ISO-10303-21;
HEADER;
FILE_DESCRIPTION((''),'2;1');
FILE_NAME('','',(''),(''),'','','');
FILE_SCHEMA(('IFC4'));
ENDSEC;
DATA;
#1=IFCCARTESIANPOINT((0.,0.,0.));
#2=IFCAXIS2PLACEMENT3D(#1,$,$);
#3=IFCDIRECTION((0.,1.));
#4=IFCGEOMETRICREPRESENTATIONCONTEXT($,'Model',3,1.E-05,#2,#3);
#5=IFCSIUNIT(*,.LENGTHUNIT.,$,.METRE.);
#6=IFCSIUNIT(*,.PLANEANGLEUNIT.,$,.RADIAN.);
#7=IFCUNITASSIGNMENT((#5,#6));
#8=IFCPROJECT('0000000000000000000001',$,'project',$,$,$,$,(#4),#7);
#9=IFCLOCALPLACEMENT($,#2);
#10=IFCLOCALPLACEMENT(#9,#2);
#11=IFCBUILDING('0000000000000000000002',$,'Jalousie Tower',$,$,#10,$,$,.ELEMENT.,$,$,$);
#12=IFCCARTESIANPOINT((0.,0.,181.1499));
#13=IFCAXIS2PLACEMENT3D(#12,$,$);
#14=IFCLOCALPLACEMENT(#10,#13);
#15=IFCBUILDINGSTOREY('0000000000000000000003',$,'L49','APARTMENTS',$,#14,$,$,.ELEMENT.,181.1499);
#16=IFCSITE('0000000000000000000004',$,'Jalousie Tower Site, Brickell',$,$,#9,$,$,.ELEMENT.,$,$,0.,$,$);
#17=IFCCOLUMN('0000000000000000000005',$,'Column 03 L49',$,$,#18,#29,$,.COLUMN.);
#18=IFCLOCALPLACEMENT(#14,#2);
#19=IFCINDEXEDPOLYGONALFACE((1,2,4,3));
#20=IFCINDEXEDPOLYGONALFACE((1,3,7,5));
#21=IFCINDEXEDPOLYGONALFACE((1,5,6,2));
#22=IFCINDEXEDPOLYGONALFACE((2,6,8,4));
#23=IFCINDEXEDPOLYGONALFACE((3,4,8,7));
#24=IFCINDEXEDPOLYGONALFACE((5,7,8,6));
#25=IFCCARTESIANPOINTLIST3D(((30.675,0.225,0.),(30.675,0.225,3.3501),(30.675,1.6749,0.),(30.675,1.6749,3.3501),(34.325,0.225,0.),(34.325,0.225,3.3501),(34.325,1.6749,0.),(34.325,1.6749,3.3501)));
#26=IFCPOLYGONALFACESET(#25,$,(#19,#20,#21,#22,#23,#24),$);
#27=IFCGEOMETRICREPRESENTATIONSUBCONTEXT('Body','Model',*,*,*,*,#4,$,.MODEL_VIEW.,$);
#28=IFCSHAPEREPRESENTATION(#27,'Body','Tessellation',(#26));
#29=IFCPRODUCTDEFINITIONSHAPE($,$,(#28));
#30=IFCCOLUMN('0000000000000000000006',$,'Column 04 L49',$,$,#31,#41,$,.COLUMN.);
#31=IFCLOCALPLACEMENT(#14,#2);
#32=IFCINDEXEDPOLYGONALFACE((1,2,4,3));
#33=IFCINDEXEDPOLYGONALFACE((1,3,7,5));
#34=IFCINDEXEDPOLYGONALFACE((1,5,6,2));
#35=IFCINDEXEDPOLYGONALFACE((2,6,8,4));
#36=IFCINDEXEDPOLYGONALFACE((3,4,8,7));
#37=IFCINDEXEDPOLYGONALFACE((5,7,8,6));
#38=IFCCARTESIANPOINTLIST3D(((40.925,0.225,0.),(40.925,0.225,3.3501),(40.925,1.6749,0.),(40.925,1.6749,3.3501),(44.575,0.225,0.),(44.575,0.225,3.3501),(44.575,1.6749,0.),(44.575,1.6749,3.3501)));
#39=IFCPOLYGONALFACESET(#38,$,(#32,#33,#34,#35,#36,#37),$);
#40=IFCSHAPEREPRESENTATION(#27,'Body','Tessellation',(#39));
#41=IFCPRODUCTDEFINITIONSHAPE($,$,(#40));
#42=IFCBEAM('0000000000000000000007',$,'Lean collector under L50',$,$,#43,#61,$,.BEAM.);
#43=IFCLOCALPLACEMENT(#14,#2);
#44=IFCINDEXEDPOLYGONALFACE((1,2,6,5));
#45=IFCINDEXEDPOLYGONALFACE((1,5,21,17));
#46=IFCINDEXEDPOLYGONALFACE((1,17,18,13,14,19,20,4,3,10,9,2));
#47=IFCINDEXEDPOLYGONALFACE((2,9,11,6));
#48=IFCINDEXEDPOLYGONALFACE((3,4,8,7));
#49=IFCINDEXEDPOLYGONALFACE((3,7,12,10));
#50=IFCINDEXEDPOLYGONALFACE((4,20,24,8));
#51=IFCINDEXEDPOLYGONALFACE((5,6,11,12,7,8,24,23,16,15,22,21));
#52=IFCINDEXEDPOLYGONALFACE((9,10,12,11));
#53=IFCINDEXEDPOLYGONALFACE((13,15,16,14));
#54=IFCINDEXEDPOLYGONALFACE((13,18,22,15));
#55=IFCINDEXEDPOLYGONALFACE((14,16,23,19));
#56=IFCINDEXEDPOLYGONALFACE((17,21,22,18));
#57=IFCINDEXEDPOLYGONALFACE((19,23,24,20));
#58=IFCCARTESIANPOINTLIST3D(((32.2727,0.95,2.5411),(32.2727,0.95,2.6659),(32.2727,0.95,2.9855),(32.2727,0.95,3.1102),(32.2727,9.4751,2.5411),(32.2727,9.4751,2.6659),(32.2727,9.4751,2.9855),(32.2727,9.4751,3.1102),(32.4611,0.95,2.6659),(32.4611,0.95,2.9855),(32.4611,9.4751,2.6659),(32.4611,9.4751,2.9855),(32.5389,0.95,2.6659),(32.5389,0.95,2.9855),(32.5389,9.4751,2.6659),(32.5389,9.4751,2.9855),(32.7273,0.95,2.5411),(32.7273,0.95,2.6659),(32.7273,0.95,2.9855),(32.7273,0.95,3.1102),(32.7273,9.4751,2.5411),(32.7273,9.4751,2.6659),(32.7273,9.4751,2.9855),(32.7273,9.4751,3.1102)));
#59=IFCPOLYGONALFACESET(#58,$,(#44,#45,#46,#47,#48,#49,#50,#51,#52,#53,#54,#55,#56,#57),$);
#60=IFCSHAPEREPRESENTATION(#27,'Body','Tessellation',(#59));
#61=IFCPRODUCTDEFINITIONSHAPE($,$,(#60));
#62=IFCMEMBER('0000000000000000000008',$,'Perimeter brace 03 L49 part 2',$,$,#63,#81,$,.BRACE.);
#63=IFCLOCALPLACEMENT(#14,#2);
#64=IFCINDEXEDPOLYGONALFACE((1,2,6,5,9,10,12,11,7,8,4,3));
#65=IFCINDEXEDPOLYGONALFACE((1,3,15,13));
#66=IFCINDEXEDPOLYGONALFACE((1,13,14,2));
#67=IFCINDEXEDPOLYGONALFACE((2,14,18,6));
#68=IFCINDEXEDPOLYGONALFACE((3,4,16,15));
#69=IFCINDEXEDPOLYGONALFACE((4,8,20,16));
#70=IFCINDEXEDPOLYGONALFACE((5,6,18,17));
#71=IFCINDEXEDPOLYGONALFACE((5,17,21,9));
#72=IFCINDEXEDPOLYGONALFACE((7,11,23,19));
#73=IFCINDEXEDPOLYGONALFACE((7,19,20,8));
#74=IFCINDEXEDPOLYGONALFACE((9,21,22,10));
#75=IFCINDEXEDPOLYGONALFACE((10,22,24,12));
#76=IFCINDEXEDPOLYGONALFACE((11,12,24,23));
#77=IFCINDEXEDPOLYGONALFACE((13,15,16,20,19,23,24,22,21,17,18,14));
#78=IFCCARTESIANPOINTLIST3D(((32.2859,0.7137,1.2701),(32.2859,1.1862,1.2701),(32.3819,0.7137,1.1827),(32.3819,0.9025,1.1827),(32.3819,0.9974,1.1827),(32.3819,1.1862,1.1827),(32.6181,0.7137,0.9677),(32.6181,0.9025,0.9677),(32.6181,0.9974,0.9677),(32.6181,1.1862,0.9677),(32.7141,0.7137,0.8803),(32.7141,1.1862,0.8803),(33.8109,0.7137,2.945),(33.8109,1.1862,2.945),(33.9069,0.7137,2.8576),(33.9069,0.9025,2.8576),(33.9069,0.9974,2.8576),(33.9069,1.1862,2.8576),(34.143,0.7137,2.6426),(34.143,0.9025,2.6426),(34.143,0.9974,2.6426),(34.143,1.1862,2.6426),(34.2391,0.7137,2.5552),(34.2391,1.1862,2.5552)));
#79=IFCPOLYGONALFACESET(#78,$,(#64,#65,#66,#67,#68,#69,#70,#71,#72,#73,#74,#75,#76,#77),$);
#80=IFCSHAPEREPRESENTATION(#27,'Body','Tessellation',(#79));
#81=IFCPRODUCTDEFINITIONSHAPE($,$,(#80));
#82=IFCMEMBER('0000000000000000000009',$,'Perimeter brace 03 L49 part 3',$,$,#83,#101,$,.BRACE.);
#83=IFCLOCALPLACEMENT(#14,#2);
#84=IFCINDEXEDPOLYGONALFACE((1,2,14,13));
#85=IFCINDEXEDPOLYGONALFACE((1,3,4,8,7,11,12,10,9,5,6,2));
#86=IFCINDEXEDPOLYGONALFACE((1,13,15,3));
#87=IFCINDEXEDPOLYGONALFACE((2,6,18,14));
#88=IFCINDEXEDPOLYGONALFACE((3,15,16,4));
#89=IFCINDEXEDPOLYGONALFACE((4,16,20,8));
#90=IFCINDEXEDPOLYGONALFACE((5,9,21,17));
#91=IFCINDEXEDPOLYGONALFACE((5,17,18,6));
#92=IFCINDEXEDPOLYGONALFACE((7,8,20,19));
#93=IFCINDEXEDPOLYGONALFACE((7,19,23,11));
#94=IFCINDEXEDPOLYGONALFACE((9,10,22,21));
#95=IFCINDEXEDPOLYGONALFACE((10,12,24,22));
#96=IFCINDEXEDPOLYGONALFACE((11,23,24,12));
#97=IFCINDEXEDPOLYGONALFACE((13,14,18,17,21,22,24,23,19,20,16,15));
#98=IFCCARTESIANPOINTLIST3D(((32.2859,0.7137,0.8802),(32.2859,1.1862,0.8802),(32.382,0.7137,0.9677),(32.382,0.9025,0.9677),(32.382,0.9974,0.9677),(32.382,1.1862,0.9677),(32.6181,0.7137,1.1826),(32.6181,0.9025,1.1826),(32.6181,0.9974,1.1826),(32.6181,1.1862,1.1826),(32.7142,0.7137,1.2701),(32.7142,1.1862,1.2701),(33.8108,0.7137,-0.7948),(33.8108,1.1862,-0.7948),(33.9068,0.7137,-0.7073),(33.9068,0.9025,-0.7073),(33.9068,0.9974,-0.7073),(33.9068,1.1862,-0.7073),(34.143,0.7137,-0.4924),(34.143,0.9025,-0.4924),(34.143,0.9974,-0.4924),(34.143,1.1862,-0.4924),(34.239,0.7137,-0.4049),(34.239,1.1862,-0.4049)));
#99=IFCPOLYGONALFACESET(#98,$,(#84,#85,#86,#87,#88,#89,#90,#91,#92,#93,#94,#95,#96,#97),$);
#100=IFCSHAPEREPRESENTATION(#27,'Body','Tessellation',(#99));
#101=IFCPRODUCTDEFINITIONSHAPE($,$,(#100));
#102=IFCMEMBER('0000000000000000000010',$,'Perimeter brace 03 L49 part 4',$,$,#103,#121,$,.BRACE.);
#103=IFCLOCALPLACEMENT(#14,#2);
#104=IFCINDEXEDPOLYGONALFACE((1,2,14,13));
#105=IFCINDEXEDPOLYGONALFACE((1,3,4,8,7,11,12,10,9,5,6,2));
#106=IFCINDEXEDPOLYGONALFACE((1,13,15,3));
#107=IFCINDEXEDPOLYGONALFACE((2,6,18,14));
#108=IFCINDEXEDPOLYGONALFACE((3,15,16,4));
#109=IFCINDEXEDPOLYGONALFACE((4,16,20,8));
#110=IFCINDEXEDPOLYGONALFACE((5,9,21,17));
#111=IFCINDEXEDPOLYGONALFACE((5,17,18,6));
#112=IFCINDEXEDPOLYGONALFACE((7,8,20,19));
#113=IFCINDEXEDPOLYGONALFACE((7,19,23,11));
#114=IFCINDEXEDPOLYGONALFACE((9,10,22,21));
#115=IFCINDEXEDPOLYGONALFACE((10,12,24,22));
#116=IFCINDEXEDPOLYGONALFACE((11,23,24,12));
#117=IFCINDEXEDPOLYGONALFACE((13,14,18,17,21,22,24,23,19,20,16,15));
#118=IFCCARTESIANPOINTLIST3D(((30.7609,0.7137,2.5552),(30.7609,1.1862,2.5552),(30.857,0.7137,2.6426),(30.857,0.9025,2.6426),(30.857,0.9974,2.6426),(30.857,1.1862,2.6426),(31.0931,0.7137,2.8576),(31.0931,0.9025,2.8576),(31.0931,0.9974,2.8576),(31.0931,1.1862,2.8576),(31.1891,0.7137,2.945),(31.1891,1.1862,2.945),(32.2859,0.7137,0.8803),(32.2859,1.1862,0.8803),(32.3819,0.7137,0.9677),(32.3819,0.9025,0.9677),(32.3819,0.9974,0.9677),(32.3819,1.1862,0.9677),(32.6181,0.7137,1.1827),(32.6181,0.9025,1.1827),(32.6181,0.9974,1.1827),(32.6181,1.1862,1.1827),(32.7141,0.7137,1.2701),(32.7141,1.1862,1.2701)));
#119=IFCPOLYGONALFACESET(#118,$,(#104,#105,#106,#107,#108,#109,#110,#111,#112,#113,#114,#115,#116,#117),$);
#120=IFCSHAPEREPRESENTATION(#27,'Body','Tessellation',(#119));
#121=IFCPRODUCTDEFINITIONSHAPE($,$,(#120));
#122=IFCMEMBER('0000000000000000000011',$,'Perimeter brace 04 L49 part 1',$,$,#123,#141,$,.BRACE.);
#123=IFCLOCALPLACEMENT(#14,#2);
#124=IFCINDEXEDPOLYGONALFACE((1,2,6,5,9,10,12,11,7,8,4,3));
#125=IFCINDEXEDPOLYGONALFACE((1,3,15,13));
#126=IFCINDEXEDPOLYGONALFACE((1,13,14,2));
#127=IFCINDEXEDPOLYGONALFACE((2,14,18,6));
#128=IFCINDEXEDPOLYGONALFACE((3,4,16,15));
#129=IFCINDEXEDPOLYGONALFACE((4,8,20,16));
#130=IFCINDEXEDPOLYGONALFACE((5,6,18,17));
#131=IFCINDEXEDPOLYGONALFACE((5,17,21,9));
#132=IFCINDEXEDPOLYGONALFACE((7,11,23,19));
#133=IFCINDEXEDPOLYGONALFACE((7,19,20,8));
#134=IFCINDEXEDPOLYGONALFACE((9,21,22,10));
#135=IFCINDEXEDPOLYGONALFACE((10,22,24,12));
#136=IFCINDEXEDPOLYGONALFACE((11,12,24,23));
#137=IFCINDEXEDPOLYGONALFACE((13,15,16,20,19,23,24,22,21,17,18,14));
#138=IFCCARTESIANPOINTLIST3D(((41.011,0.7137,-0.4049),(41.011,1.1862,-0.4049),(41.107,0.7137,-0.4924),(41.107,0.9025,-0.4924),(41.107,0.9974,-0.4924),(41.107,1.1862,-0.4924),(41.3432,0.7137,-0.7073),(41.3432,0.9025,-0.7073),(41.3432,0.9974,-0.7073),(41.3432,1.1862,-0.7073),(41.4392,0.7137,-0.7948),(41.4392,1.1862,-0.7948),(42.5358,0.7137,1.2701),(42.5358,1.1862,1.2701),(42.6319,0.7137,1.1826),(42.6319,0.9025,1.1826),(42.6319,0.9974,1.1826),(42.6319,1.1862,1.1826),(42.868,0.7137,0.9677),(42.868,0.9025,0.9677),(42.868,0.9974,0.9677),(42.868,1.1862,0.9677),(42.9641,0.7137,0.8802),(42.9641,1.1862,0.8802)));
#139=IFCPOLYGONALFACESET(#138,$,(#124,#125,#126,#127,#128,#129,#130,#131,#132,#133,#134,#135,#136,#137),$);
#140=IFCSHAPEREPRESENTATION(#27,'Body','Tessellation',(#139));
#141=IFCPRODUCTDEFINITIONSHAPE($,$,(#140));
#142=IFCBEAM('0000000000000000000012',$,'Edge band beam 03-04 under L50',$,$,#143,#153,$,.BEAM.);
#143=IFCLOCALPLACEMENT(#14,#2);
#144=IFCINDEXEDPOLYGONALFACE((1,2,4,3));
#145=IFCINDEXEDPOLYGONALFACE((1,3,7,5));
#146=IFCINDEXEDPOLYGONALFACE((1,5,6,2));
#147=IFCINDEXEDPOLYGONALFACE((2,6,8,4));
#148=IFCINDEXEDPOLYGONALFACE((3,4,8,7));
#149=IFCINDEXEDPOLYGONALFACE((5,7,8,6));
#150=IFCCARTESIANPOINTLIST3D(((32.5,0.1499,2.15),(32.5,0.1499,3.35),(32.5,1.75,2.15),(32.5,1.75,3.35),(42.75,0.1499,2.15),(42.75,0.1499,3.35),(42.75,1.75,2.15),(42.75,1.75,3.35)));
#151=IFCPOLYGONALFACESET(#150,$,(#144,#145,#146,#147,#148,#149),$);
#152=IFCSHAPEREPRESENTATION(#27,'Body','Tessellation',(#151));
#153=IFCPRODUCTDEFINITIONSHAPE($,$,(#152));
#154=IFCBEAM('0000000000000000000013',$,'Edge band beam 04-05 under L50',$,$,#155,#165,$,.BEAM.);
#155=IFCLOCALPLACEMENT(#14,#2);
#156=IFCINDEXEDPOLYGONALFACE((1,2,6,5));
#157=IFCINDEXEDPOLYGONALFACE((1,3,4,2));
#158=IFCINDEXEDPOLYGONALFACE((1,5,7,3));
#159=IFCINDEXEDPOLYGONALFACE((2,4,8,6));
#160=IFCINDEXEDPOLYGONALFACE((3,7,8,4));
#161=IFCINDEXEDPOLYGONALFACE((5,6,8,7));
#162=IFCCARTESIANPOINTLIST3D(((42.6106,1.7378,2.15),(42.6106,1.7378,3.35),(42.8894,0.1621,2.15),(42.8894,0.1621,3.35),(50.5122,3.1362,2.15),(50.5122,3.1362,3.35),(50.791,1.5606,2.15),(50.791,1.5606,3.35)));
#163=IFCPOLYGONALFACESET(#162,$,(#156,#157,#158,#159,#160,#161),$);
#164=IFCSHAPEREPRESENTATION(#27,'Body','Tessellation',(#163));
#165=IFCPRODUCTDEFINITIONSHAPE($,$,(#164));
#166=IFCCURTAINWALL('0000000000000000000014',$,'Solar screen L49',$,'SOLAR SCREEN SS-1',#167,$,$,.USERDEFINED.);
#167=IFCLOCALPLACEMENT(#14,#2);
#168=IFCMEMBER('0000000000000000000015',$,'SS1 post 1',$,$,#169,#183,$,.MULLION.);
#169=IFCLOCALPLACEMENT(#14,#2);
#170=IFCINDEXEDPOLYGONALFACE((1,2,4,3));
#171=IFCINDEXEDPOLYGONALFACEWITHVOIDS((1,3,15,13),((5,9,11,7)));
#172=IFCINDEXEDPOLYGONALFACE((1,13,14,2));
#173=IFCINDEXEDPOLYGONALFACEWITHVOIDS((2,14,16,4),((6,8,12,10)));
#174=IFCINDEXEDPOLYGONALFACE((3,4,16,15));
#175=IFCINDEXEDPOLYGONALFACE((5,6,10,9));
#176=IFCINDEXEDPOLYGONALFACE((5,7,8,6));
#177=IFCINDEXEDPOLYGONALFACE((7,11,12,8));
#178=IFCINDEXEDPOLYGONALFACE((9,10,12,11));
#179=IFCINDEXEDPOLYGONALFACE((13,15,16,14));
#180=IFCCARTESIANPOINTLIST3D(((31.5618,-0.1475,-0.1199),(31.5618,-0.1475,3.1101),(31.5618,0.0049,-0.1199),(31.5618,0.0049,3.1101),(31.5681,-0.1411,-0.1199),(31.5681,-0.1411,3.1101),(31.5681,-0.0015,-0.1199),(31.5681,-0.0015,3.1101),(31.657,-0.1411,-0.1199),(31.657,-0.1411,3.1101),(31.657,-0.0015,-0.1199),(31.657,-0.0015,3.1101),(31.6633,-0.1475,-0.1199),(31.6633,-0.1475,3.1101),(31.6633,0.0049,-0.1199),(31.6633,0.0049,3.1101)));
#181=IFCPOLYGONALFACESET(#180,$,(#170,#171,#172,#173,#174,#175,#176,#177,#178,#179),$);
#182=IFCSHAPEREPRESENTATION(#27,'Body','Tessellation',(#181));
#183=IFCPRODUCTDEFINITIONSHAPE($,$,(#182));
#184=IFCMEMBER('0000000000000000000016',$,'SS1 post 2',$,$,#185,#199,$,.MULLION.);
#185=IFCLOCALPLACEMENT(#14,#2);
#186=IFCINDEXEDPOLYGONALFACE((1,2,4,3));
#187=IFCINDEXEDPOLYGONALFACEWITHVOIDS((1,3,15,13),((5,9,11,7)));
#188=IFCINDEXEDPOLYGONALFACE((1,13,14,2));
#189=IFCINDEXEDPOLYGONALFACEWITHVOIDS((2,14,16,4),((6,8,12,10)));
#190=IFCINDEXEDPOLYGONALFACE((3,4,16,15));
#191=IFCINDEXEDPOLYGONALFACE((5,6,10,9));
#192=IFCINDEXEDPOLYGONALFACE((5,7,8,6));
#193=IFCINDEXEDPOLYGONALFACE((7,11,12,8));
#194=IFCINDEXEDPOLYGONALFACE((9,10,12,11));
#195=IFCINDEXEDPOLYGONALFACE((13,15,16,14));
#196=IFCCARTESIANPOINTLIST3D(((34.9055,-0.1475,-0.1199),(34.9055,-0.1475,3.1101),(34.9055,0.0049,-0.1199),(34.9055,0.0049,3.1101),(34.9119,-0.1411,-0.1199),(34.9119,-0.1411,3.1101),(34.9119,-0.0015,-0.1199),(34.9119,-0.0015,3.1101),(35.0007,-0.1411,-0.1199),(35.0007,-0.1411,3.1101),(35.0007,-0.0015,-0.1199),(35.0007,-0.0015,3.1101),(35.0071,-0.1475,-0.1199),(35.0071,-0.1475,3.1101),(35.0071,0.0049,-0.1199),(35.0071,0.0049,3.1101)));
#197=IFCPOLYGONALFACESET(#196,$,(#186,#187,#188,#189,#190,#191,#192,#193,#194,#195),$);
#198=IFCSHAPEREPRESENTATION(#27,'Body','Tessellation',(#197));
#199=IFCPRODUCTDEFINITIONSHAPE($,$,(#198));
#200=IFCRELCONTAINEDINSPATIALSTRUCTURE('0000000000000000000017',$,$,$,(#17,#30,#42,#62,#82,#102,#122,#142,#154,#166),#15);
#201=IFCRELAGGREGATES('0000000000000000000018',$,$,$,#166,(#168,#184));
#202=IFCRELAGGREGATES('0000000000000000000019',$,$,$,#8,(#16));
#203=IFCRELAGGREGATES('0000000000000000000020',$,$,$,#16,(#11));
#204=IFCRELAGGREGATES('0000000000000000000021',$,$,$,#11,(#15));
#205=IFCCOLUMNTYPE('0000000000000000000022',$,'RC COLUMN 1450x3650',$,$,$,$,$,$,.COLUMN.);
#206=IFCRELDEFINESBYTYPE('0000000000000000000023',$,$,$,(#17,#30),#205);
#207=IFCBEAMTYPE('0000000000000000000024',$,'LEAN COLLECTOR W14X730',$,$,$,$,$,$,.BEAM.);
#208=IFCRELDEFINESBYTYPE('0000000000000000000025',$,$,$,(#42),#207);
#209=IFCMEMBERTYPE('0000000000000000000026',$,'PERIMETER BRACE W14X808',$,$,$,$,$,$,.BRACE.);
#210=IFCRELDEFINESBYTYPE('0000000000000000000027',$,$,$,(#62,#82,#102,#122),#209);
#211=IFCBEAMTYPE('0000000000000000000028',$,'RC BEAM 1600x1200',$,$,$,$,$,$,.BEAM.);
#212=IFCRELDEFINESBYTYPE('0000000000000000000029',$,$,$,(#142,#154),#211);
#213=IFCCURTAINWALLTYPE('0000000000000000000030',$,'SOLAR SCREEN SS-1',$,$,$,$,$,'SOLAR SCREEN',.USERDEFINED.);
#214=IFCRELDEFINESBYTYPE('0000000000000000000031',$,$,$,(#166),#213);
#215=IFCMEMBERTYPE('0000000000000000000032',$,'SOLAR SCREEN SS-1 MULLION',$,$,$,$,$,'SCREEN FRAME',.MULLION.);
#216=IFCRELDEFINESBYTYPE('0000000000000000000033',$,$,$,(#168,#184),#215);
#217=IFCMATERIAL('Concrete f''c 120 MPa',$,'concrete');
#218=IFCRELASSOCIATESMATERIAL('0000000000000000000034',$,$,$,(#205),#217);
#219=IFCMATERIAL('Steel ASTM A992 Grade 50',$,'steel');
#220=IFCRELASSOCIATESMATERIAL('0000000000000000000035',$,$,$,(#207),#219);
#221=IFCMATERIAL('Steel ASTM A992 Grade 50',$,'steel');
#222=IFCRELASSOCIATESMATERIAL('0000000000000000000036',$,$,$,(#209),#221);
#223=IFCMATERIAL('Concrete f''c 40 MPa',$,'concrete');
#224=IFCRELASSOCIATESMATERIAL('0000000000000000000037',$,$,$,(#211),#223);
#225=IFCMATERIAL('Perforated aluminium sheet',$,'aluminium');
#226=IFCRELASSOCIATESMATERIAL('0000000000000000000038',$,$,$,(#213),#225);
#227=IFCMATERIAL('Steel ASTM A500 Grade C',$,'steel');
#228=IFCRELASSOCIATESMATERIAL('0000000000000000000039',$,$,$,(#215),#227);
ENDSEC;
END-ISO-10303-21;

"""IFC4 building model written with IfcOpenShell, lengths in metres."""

from ifc_helpers import new_model, si_unit, direction, frame, origin, origin_2d, place, context, subcontext, project, spatial, rectangle, hollow_rectangle, i_section, extrude, material, material_profile, profile_set, type_object, element, aggregate, save


model = new_model("IFC4")

# Units and contexts
model_context = context("Model", 3, precision=1e-05, world=origin(), true_north=direction((0.0, 1.0)))
body_context = subcontext(model_context, "Body", "Model", "MODEL_VIEW")
ifc_project = project(units=[si_unit("LENGTHUNIT", "METRE"), si_unit("PLANEANGLEUNIT", "RADIAN")], contexts=[model_context])

# Site, building, storey
site_placement = place(None, origin())
site = spatial("IfcSite", under=ifc_project, at=site_placement, Name="Jalousie Tower Site, Brickell", CompositionType="ELEMENT", RefElevation=0.0)
building_placement = place(site_placement, origin())
building = spatial("IfcBuilding", under=site, at=building_placement, Name="Jalousie Tower", CompositionType="ELEMENT")
storey_placement = place(building_placement, frame((0.0, 0.0, 181.1499)))
storey = spatial("IfcBuildingStorey", under=building, at=storey_placement, Name="L49", Description="APARTMENTS", CompositionType="ELEMENT", Elevation=181.1499)

# Columns
ifc_material_1 = material(Name="Concrete f'c 120 MPa", Category="concrete")
ifc_material_profile_1 = material_profile(ifc_material_1, rectangle(XDim=1.45, YDim=3.6499, at=origin_2d()), Name="RC 1450x3650")
ifc_profile_set_1 = profile_set([ifc_material_profile_1], Name="Concrete f'c 120 MPa")
column_type = type_object("IfcColumnType", Name="RC COLUMN 1450x3650", PredefinedType="COLUMN", material=ifc_profile_set_1)
for number, where, z_axis, x_axis, name in (
    (1, (32.5, 0.95, 0.0), (0.0, 0.0, 1.0), (0.0, 1.0, 0.0), "Column 03 L49"),
    (2, (42.75, 0.95, 0.0), (0.0, 0.0, 1.0), (0.0, 1.0, 0.0), "Column 04 L49"),
):
    element("IfcColumn", number, at=place(storey_placement, frame(where, z_axis=z_axis, x_axis=x_axis)), inside=storey, type_object=column_type, Name=name, PredefinedType="COLUMN", context=body_context, shape_type="SweptSolid", body=[
        extrude(rectangle(XDim=1.45, YDim=3.6499, at=origin_2d()), origin(), (0.0, 0.0, 1.0), 3.3501),
    ])

# Beam
ifc_material_2 = material(Name="Steel ASTM A992 Grade 50", Category="steel")
ifc_material_profile_2 = material_profile(ifc_material_2, i_section(OverallWidth=0.4546, OverallDepth=0.5691, WebThickness=0.0779, FlangeThickness=0.1248, at=origin_2d()), Name="W14X730")
ifc_profile_set_2 = profile_set([ifc_material_profile_2], Name="Steel ASTM A992 Grade 50")
beam_type_1 = type_object("IfcBeamType", Name="LEAN COLLECTOR W14X730", PredefinedType="BEAM", material=ifc_profile_set_2)
beam_1_placement = place(storey_placement, frame((32.5, 0.95, 2.8257), z_axis=(0.0, 1.0, 0.0), x_axis=(-1.0, 0.0, 0.0)))
element("IfcBeam", 3, at=beam_1_placement, inside=storey, type_object=beam_type_1, Name="Lean collector under L50", PredefinedType="BEAM", context=body_context, shape_type="SweptSolid", body=[
    extrude(i_section(OverallWidth=0.4546, OverallDepth=0.5691, WebThickness=0.0779, FlangeThickness=0.1248, at=origin_2d()), origin(), (0.0, 0.0, 1.0), 8.5251),
])

# Members
ifc_material_3 = material(Name="Steel ASTM A992 Grade 50", Category="steel")
ifc_material_profile_3 = material_profile(ifc_material_3, i_section(OverallWidth=0.4724, OverallDepth=0.5791, WebThickness=0.095, FlangeThickness=0.1299, at=origin_2d()), Name="W14X808")
ifc_profile_set_3 = profile_set([ifc_material_profile_3], Name="Steel ASTM A992 Grade 50")
member_type_1 = type_object("IfcMemberType", Name="PERIMETER BRACE W14X808", PredefinedType="BRACE", material=ifc_profile_set_3)
for number, where, z_axis, x_axis, name in (
    (4, (32.5, 0.95, 1.0752), (0.673241, 0.0, 0.739423), (0.0, 1.0, 0.0), "Perimeter brace 03 L49 part 2"),
    (5, (34.0249, 0.95, -0.5999), (-0.673188, 0.0, 0.739472), (0.0, -1.0, 0.0), "Perimeter brace 03 L49 part 3"),
    (6, (32.5, 0.95, 1.0752), (-0.673241, 0.0, 0.739423), (0.0, -1.0, 0.0), "Perimeter brace 03 L49 part 4"),
    (7, (41.2251, 0.95, -0.5999), (0.673188, 0.0, 0.739472), (0.0, 1.0, 0.0), "Perimeter brace 04 L49 part 1"),
):
    element("IfcMember", number, at=place(storey_placement, frame(where, z_axis=z_axis, x_axis=x_axis)), inside=storey, type_object=member_type_1, Name=name, PredefinedType="BRACE", context=body_context, shape_type="SweptSolid", body=[
        extrude(i_section(OverallWidth=0.4724, OverallDepth=0.5791, WebThickness=0.095, FlangeThickness=0.1299, at=origin_2d()), origin(), (0.0, 0.0, 1.0), 2.2651),
    ])

# Beams
ifc_material_4 = material(Name="Concrete f'c 40 MPa", Category="concrete")
ifc_material_profile_4 = material_profile(ifc_material_4, rectangle(XDim=1.6001, YDim=1.2, at=origin_2d()), Name="RC 1600x1200")
ifc_profile_set_4 = profile_set([ifc_material_profile_4], Name="Concrete f'c 40 MPa")
beam_type_2 = type_object("IfcBeamType", Name="RC BEAM 1600x1200", PredefinedType="BEAM", material=ifc_profile_set_4)
beam_2_placement = place(storey_placement, frame((32.5, 0.95, 2.75), z_axis=(1.0, 0.0, 0.0), x_axis=(0.0, 1.0, 0.0)))
element("IfcBeam", 8, at=beam_2_placement, inside=storey, type_object=beam_type_2, Name="Edge band beam 03-04 under L50", PredefinedType="BEAM", context=body_context, shape_type="SweptSolid", body=[
    extrude(rectangle(XDim=1.6001, YDim=1.2, at=origin_2d()), origin(), (0.0, 0.0, 1.0), 10.25),
])
beam_3_placement = place(storey_placement, frame((42.75, 0.95, 2.75), z_axis=(0.984697, 0.174273, 0.0), x_axis=(-0.174273, 0.984697, 0.0)))
element("IfcBeam", 9, at=beam_3_placement, inside=storey, type_object=beam_type_2, Name="Edge band beam 04-05 under L50", PredefinedType="BEAM", context=body_context, shape_type="SweptSolid", body=[
    extrude(rectangle(XDim=1.6001, YDim=1.2, at=origin_2d()), origin(), (0.0, 0.0, 1.0), 8.0244),
])

# Curtain wall, members
ifc_material_5 = material(Name="Perforated aluminium sheet", Category="aluminium")
curtain_wall_type = type_object("IfcCurtainWallType", Name="SOLAR SCREEN SS-1", ElementType="SOLAR SCREEN", PredefinedType="USERDEFINED", material=ifc_material_5)
curtain_wall_1_placement = place(storey_placement, origin())
curtain_wall_1 = element("IfcCurtainWall", 10, at=curtain_wall_1_placement, inside=storey, type_object=curtain_wall_type, Name="Solar screen L49", ObjectType="SOLAR SCREEN SS-1", PredefinedType="USERDEFINED")
ifc_material_6 = material(Name="Steel ASTM A500 Grade C", Category="steel")
ifc_material_profile_5 = material_profile(ifc_material_6, hollow_rectangle(XDim=0.1016, YDim=0.1523, WallThickness=0.0063, at=origin_2d()), Name="HSS6X4X1/4")
ifc_profile_set_5 = profile_set([ifc_material_profile_5], Name="Steel ASTM A500 Grade C")
member_type_2 = type_object("IfcMemberType", Name="SOLAR SCREEN SS-1 MULLION", ElementType="SCREEN FRAME", PredefinedType="MULLION", material=ifc_profile_set_5)
member_1_placement = place(storey_placement, frame((31.6125, -0.0713, -0.1199), z_axis=(0.0, 0.0, 1.0), x_axis=(1.0, 0.0, 0.0)))
member_1 = element("IfcMember", 11, at=member_1_placement, type_object=member_type_2, Name="SS1 post 1", PredefinedType="MULLION", context=body_context, shape_type="SweptSolid", body=[
    extrude(hollow_rectangle(XDim=0.1016, YDim=0.1523, WallThickness=0.0063, at=origin_2d()), origin(), (0.0, 0.0, 1.0), 3.23),
])
member_2_placement = place(storey_placement, frame((34.9563, -0.0713, -0.1199), z_axis=(0.0, 0.0, 1.0), x_axis=(1.0, 0.0, 0.0)))
member_2 = element("IfcMember", 12, at=member_2_placement, type_object=member_type_2, Name="SS1 post 2", PredefinedType="MULLION", context=body_context, shape_type="SweptSolid", body=[
    extrude(hollow_rectangle(XDim=0.1016, YDim=0.1523, WallThickness=0.0063, at=origin_2d()), origin(), (0.0, 0.0, 1.0), 3.23),
])

aggregate(curtain_wall_1, [member_1, member_2])

save(model, "model.ifc")
